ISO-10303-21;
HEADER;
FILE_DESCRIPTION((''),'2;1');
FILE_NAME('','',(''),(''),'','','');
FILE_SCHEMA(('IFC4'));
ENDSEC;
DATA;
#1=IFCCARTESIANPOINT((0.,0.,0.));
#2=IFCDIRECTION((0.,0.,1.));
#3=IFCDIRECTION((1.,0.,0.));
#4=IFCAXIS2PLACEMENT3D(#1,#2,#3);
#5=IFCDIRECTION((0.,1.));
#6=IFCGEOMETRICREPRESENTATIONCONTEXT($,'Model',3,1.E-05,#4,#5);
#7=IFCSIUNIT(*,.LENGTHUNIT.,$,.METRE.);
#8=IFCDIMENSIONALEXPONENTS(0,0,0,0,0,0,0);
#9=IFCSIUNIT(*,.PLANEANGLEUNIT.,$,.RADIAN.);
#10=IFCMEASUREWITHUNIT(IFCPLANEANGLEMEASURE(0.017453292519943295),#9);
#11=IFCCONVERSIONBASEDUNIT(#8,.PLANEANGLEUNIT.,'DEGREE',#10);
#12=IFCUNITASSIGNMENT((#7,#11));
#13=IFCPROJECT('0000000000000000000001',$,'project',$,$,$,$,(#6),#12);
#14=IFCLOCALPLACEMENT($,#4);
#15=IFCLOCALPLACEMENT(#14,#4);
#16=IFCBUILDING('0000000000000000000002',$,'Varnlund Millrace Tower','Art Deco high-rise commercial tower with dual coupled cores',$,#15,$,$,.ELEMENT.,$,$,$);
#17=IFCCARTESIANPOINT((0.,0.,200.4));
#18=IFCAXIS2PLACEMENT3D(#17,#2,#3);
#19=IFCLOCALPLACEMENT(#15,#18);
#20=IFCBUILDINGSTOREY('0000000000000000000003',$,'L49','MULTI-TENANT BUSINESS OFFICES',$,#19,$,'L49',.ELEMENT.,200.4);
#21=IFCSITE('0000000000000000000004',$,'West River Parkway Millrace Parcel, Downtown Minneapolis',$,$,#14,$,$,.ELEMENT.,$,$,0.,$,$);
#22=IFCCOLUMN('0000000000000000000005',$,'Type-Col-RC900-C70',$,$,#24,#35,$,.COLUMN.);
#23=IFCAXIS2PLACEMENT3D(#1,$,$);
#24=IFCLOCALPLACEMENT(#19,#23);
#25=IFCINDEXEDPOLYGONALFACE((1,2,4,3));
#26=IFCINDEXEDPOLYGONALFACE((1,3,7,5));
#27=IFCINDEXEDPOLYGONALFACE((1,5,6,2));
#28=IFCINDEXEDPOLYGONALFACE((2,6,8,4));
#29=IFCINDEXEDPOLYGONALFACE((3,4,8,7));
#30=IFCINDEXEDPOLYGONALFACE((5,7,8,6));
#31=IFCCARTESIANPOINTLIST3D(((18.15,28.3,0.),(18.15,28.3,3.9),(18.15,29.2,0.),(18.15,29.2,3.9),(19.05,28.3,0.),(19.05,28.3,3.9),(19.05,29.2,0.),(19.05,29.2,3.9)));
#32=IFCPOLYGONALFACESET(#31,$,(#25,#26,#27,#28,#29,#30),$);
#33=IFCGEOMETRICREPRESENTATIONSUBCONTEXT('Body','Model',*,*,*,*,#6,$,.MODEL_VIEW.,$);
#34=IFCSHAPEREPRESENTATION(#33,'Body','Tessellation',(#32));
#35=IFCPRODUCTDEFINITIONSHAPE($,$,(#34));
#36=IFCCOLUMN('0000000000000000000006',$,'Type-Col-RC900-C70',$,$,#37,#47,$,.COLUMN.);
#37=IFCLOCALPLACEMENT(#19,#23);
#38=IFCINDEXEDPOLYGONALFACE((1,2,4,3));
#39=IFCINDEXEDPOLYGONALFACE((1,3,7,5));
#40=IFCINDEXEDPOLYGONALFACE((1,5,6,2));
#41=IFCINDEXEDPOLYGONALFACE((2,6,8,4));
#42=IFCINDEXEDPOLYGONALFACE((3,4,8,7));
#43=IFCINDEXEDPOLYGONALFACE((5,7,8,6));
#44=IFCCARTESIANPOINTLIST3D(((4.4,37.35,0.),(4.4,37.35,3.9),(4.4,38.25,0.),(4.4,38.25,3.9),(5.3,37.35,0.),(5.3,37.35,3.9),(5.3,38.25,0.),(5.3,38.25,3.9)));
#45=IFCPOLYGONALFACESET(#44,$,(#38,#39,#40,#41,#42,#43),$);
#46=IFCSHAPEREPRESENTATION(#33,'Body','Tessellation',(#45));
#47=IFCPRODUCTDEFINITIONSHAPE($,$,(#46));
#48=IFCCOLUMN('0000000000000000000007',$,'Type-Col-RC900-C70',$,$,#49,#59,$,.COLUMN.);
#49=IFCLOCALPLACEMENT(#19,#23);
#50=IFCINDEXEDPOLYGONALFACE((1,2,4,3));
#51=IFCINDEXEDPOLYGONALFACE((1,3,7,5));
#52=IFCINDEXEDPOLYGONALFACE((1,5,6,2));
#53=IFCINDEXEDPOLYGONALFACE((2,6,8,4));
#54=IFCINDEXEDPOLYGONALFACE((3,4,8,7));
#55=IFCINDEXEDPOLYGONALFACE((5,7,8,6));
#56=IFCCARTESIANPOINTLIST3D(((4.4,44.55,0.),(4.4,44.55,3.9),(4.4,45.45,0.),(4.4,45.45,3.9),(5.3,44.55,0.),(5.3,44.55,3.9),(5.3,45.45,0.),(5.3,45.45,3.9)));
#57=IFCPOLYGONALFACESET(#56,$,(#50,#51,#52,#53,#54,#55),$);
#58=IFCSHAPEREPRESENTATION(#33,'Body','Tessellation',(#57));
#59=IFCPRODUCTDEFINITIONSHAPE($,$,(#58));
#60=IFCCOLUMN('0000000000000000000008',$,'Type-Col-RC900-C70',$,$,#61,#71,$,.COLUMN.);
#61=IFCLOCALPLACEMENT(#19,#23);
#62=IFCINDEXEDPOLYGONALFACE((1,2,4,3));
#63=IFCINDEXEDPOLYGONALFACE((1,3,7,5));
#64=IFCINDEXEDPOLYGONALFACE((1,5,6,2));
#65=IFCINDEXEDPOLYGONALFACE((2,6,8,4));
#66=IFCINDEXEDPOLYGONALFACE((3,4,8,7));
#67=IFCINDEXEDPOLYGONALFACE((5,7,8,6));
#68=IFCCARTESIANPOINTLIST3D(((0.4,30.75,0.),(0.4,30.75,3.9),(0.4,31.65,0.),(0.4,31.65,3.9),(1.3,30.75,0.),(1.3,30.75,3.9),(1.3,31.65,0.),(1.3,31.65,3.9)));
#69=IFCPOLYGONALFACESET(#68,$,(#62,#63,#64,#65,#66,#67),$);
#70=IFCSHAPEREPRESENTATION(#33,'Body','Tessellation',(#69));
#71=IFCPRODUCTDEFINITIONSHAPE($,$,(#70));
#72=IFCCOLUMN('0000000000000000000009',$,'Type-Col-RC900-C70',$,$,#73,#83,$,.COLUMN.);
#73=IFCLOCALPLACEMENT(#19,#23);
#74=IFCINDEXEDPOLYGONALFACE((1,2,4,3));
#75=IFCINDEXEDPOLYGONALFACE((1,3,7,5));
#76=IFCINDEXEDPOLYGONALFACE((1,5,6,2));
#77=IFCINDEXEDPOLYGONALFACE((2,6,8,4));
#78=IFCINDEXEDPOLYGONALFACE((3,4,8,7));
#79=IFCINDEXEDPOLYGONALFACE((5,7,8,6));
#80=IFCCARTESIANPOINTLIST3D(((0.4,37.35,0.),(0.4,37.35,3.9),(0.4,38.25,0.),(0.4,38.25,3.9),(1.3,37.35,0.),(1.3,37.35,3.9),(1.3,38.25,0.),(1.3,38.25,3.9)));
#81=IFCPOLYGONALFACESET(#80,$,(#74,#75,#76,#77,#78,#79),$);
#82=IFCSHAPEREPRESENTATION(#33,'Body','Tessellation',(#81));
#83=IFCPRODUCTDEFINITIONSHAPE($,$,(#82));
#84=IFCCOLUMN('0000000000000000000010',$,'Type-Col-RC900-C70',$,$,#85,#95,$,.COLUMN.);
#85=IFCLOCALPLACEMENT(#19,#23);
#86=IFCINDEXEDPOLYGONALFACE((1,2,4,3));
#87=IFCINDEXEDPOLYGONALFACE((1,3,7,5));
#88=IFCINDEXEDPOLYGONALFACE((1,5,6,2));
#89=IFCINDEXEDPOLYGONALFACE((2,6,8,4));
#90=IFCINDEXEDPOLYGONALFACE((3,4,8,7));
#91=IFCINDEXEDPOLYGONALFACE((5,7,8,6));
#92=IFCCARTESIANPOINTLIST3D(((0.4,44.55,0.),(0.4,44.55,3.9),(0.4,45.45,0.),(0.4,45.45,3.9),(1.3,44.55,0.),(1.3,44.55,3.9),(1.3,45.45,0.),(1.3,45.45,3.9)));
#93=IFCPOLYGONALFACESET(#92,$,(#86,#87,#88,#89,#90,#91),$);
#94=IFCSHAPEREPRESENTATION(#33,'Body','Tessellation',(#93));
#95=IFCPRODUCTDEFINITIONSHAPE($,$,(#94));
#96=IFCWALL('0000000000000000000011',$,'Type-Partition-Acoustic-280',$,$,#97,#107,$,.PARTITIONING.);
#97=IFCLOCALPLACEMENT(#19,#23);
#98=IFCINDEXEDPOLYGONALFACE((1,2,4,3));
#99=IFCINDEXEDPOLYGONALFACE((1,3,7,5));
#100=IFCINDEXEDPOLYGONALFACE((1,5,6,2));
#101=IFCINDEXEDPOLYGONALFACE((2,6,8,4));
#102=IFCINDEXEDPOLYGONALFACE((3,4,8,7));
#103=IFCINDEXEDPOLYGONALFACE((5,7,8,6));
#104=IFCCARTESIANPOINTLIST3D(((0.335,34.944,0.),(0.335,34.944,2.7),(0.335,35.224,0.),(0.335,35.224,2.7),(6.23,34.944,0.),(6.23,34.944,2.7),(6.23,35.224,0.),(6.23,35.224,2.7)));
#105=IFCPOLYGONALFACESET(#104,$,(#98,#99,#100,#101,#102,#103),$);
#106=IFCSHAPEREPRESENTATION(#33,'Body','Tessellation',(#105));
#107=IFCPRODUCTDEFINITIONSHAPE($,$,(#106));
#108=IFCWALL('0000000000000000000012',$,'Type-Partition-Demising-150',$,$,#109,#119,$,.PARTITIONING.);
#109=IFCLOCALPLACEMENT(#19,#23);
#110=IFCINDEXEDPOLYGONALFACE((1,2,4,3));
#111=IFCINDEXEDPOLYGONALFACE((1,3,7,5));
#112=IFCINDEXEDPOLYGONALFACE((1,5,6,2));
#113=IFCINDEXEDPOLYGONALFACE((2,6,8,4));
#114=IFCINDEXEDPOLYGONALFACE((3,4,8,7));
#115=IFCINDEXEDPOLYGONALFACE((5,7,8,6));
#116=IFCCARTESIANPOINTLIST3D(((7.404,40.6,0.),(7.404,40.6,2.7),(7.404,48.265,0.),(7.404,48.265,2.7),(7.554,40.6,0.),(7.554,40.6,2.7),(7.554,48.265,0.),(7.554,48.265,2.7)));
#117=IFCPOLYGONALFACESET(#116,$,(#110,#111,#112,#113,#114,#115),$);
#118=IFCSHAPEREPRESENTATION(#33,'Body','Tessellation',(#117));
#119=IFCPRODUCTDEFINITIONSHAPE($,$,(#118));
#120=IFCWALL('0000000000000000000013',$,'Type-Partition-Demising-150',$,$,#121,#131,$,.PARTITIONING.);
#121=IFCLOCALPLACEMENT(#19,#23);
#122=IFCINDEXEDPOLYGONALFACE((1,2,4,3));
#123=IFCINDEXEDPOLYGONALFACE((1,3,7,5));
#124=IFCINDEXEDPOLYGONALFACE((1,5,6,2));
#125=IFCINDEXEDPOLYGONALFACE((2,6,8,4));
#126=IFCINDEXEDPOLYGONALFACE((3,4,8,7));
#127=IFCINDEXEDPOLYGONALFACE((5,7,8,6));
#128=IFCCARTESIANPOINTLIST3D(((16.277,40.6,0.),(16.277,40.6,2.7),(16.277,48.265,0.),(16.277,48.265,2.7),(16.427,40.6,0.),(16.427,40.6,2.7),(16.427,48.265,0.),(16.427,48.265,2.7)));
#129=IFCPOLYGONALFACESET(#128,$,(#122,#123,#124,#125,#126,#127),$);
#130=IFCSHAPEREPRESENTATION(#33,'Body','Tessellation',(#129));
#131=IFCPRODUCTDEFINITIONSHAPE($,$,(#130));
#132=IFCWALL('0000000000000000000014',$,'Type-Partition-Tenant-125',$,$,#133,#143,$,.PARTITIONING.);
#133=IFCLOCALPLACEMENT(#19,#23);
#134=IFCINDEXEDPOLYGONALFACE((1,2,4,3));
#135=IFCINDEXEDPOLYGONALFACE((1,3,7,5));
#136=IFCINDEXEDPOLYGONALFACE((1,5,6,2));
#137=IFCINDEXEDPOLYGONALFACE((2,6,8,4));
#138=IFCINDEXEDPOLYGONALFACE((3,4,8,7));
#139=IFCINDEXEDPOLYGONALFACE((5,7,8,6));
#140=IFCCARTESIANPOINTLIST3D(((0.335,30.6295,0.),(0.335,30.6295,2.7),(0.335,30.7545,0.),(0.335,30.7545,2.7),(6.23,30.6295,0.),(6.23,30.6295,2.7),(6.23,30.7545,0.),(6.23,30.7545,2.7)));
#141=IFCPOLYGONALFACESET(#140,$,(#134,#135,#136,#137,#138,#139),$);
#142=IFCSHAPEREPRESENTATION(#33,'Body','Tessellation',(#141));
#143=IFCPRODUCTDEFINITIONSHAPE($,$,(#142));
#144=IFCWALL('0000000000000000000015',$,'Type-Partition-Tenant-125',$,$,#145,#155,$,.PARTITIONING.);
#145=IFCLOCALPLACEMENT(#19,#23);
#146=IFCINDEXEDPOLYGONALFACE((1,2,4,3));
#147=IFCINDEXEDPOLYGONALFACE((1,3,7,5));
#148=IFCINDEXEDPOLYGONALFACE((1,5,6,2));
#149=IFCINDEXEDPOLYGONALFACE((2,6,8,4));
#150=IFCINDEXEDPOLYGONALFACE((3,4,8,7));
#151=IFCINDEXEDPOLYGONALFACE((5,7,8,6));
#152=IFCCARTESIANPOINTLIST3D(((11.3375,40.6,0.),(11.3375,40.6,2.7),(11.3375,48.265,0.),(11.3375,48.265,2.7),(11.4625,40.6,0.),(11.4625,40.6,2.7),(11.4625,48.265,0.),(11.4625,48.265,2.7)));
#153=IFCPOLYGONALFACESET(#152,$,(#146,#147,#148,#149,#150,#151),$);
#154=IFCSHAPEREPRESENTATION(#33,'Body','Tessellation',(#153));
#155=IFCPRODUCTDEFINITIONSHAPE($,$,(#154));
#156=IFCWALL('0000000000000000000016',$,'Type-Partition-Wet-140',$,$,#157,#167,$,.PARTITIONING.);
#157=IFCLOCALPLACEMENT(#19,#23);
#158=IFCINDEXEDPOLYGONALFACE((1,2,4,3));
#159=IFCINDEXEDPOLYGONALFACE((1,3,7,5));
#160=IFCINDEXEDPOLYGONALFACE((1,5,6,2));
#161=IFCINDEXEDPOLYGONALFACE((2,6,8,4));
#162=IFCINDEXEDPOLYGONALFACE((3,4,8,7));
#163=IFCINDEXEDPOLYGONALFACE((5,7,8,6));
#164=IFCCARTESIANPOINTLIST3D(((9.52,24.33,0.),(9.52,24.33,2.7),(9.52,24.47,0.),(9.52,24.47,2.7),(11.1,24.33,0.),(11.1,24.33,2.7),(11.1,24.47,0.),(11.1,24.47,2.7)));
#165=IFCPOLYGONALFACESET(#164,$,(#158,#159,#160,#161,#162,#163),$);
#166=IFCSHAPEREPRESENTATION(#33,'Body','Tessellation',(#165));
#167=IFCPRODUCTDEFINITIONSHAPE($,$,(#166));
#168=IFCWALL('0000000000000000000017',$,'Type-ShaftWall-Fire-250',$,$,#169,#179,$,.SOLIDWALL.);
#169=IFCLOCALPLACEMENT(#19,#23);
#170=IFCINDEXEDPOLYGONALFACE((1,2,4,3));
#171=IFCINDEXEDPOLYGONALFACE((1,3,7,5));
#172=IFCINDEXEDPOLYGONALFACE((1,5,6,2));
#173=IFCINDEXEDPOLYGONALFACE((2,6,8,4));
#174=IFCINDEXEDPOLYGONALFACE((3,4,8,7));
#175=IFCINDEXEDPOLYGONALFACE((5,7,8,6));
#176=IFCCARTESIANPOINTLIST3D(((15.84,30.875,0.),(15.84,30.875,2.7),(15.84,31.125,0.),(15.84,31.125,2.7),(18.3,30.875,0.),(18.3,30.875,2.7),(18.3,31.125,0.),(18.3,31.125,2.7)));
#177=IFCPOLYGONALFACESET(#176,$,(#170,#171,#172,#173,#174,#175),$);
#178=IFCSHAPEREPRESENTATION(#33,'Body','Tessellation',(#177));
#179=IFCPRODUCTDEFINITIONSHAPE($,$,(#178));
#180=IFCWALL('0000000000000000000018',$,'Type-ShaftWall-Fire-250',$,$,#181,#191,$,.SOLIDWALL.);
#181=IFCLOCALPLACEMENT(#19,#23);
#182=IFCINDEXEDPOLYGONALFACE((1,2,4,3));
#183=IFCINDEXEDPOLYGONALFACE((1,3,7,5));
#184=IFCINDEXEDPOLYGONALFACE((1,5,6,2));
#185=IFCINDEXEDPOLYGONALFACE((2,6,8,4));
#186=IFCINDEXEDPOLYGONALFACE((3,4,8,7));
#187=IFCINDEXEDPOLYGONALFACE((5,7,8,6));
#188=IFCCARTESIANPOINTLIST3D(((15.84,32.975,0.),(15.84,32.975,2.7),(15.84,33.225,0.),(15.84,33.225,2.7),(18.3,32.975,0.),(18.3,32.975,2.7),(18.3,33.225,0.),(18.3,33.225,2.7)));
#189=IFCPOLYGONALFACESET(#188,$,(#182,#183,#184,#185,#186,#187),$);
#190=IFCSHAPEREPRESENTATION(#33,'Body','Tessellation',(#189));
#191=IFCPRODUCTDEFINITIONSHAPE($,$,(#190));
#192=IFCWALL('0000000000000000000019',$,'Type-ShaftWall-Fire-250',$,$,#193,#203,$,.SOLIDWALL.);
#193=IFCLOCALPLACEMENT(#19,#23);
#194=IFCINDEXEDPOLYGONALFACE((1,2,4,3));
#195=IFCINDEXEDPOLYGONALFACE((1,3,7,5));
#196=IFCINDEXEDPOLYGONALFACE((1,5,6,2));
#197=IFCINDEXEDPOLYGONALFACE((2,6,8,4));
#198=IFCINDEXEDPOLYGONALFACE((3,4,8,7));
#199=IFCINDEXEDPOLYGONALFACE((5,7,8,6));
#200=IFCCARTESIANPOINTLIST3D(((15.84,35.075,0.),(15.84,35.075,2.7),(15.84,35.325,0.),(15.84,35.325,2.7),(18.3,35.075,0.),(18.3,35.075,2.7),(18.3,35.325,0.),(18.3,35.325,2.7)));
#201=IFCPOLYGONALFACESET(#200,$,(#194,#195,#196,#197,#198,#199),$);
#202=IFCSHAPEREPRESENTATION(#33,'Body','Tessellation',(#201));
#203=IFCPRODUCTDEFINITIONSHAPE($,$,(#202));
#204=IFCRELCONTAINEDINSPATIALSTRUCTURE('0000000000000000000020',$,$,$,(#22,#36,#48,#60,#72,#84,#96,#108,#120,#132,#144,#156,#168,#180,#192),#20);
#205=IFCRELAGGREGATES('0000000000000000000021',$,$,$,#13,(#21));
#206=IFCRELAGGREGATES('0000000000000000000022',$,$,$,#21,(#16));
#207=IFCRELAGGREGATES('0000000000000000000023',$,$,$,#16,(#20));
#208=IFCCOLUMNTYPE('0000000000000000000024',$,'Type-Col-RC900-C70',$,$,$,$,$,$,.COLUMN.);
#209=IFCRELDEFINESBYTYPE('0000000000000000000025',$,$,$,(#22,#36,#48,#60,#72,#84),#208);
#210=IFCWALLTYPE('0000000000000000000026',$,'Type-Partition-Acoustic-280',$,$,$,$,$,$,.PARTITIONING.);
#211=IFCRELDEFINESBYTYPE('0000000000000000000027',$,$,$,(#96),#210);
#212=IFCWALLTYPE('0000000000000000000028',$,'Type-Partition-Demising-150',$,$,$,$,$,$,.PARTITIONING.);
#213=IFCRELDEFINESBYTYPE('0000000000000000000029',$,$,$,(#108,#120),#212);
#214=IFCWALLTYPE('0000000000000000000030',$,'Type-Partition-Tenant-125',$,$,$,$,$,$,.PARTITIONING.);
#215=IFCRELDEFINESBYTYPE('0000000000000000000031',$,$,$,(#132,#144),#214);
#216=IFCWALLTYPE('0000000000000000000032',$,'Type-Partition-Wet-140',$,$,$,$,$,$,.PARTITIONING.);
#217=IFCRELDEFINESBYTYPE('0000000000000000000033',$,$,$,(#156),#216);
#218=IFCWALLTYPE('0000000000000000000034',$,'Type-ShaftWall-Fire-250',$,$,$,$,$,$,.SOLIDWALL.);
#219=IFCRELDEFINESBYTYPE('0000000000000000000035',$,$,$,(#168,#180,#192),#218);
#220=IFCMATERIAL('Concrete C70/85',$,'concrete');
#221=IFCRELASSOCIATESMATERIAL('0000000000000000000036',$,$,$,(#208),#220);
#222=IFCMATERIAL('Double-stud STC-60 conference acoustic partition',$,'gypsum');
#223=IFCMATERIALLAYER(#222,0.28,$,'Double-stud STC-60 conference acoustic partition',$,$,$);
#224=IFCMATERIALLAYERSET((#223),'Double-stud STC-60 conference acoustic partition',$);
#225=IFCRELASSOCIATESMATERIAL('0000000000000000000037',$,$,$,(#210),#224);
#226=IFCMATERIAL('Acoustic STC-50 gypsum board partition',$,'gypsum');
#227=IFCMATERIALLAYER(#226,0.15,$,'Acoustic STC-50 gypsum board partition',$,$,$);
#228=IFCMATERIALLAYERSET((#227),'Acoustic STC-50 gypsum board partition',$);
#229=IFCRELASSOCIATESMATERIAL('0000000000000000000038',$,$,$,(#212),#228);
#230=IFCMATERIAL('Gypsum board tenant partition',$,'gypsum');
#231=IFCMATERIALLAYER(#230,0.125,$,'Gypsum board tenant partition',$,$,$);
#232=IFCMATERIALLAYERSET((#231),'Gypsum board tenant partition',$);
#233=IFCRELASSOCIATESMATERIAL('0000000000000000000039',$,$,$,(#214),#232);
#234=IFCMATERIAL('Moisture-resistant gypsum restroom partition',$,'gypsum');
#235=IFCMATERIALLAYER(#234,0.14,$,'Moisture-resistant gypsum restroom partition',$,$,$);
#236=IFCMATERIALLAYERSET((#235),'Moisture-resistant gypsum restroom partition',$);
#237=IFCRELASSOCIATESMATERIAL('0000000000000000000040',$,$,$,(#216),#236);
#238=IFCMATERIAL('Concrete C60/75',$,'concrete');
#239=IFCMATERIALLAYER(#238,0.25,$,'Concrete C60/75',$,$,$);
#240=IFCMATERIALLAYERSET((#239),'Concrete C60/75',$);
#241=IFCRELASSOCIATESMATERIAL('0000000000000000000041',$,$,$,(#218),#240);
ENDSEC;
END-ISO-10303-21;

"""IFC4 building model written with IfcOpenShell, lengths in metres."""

from ifc_helpers import new_model, entity, si_unit, converted_unit, direction, frame, origin_with_axes, origin_2d_with_axis, place, context, subcontext, project, spatial, polyline, rectangle, outline, extrude, material, layer, layer_set, material_profile, profile_set, type_object, element, save


model = new_model("IFC4")

# Units and contexts
model_context = context("Model", 3, precision=1e-05, world=origin_with_axes(), true_north=direction((0.0, 1.0)))
body_context = subcontext(model_context, "Body", "Model", "MODEL_VIEW")
ifc_project = project(units=[si_unit("LENGTHUNIT", "METRE"), converted_unit("PLANEANGLEUNIT", "DEGREE", entity("IfcPlaneAngleMeasure", 0.017453292519943295), si_unit("PLANEANGLEUNIT", "RADIAN"), dimensions=[0, 0, 0, 0, 0, 0, 0])], contexts=[model_context])

# Site, building, storey
site_placement = place(None, origin_with_axes())
site = spatial("IfcSite", under=ifc_project, at=site_placement, Name="West River Parkway Millrace Parcel, Downtown Minneapolis", CompositionType="ELEMENT", RefElevation=0.0)
building_placement = place(site_placement, origin_with_axes())
building = spatial("IfcBuilding", under=site, at=building_placement, Name="Varnlund Millrace Tower", Description="Art Deco high-rise commercial tower with dual coupled cores", CompositionType="ELEMENT")
storey_placement = place(building_placement, frame((0.0, 0.0, 200.4), z_axis=(0.0, 0.0, 1.0), x_axis=(1.0, 0.0, 0.0)))
storey = spatial("IfcBuildingStorey", under=building, at=storey_placement, Name="L49", Description="MULTI-TENANT BUSINESS OFFICES", LongName="L49", CompositionType="ELEMENT", Elevation=200.4)

# Columns
ifc_material_1 = material(Name="Concrete C70/85", Category="concrete")
ifc_material_profile = material_profile(ifc_material_1, rectangle(XDim=0.9, YDim=0.9, at=origin_2d_with_axis()), Name="Concrete C70/85")
ifc_profile_set = profile_set([ifc_material_profile], Name="Concrete C70/85")
column_type = type_object("IfcColumnType", Name="Type-Col-RC900-C70", PredefinedType="COLUMN", material=ifc_profile_set)
for number, where, z_axis, x_axis, name in (
    (1, (18.6, 28.75, 0.0), (0.0, 0.0, 1.0), (1.0, 0.0, 0.0), "Type-Col-RC900-C70"),
    (2, (4.85, 37.8, 0.0), (0.0, 0.0, 1.0), (1.0, 0.0, 0.0), "Type-Col-RC900-C70"),
    (3, (4.85, 45.0, 0.0), (0.0, 0.0, 1.0), (1.0, 0.0, 0.0), "Type-Col-RC900-C70"),
    (4, (0.85, 31.2, 0.0), (0.0, 0.0, 1.0), (1.0, 0.0, 0.0), "Type-Col-RC900-C70"),
    (5, (0.85, 37.8, 0.0), (0.0, 0.0, 1.0), (1.0, 0.0, 0.0), "Type-Col-RC900-C70"),
    (6, (0.85, 45.0, 0.0), (0.0, 0.0, 1.0), (1.0, 0.0, 0.0), "Type-Col-RC900-C70"),
):
    element("IfcColumn", number, at=place(storey_placement, frame(where, z_axis=z_axis, x_axis=x_axis)), inside=storey, type_object=column_type, Name=name, PredefinedType="COLUMN", context=body_context, shape_type="SweptSolid", body=[
        extrude(rectangle(XDim=0.9, YDim=0.9, at=origin_2d_with_axis()), origin_with_axes(), (0.0, 0.0, 1.0), 3.9),
    ])

# Wall
ifc_material_2 = material(Name="Double-stud STC-60 conference acoustic partition", Category="gypsum")
ifc_layer_1 = layer(ifc_material_2, 0.28, Name="Double-stud STC-60 conference acoustic partition")
ifc_layer_set_1 = layer_set([ifc_layer_1], Name="Double-stud STC-60 conference acoustic partition")
wall_type_1 = type_object("IfcWallType", Name="Type-Partition-Acoustic-280", PredefinedType="PARTITIONING", material=ifc_layer_set_1)
wall_1_placement = place(storey_placement, frame((0.335, 35.084, 0.0), z_axis=(0.0, 0.0, 1.0), x_axis=(1.0, 0.0, 0.0)))
element("IfcWall", 7, at=wall_1_placement, inside=storey, type_object=wall_type_1, Name="Type-Partition-Acoustic-280", PredefinedType="PARTITIONING", context=body_context, shape_type="SweptSolid", body=[
    extrude(outline(polyline([(0.0, -0.14), (5.895, -0.14), (5.895, 0.14), (0.0, 0.14), (0.0, -0.14)])), origin_with_axes(), (0.0, 0.0, 1.0), 2.7),
])

# Walls
ifc_material_3 = material(Name="Acoustic STC-50 gypsum board partition", Category="gypsum")
ifc_layer_2 = layer(ifc_material_3, 0.15, Name="Acoustic STC-50 gypsum board partition")
ifc_layer_set_2 = layer_set([ifc_layer_2], Name="Acoustic STC-50 gypsum board partition")
wall_type_2 = type_object("IfcWallType", Name="Type-Partition-Demising-150", PredefinedType="PARTITIONING", material=ifc_layer_set_2)
for number, where, z_axis, x_axis, name in (
    (8, (7.479, 40.6, 0.0), (0.0, 0.0, 1.0), (0.0, 1.0, 0.0), "Type-Partition-Demising-150"),
    (9, (16.352, 40.6, 0.0), (0.0, 0.0, 1.0), (0.0, 1.0, 0.0), "Type-Partition-Demising-150"),
):
    element("IfcWall", number, at=place(storey_placement, frame(where, z_axis=z_axis, x_axis=x_axis)), inside=storey, type_object=wall_type_2, Name=name, PredefinedType="PARTITIONING", context=body_context, shape_type="SweptSolid", body=[
        extrude(outline(polyline([(0.0, -0.075), (7.665, -0.075), (7.665, 0.075), (0.0, 0.075), (0.0, -0.075)])), origin_with_axes(), (0.0, 0.0, 1.0), 2.7),
    ])
ifc_material_4 = material(Name="Gypsum board tenant partition", Category="gypsum")
ifc_layer_3 = layer(ifc_material_4, 0.125, Name="Gypsum board tenant partition")
ifc_layer_set_3 = layer_set([ifc_layer_3], Name="Gypsum board tenant partition")
wall_type_3 = type_object("IfcWallType", Name="Type-Partition-Tenant-125", PredefinedType="PARTITIONING", material=ifc_layer_set_3)
wall_2_placement = place(storey_placement, frame((0.335, 30.692, 0.0), z_axis=(0.0, 0.0, 1.0), x_axis=(1.0, 0.0, 0.0)))
element("IfcWall", 10, at=wall_2_placement, inside=storey, type_object=wall_type_3, Name="Type-Partition-Tenant-125", PredefinedType="PARTITIONING", context=body_context, shape_type="SweptSolid", body=[
    extrude(outline(polyline([(0.0, -0.0625), (5.895, -0.0625), (5.895, 0.0625), (0.0, 0.0625), (0.0, -0.0625)])), origin_with_axes(), (0.0, 0.0, 1.0), 2.7),
])
wall_3_placement = place(storey_placement, frame((11.4, 40.6, 0.0), z_axis=(0.0, 0.0, 1.0), x_axis=(0.0, 1.0, 0.0)))
element("IfcWall", 11, at=wall_3_placement, inside=storey, type_object=wall_type_3, Name="Type-Partition-Tenant-125", PredefinedType="PARTITIONING", context=body_context, shape_type="SweptSolid", body=[
    extrude(outline(polyline([(0.0, -0.0625), (7.665, -0.0625), (7.665, 0.0625), (0.0, 0.0625), (0.0, -0.0625)])), origin_with_axes(), (0.0, 0.0, 1.0), 2.7),
])
ifc_material_5 = material(Name="Moisture-resistant gypsum restroom partition", Category="gypsum")
ifc_layer_4 = layer(ifc_material_5, 0.14, Name="Moisture-resistant gypsum restroom partition")
ifc_layer_set_4 = layer_set([ifc_layer_4], Name="Moisture-resistant gypsum restroom partition")
wall_type_4 = type_object("IfcWallType", Name="Type-Partition-Wet-140", PredefinedType="PARTITIONING", material=ifc_layer_set_4)
wall_4_placement = place(storey_placement, frame((9.52, 24.4, 0.0), z_axis=(0.0, 0.0, 1.0), x_axis=(1.0, 0.0, 0.0)))
element("IfcWall", 12, at=wall_4_placement, inside=storey, type_object=wall_type_4, Name="Type-Partition-Wet-140", PredefinedType="PARTITIONING", context=body_context, shape_type="SweptSolid", body=[
    extrude(outline(polyline([(0.0, -0.07), (1.58, -0.07), (1.58, 0.07), (0.0, 0.07), (0.0, -0.07)])), origin_with_axes(), (0.0, 0.0, 1.0), 2.7),
])
ifc_material_6 = material(Name="Concrete C60/75", Category="concrete")
ifc_layer_5 = layer(ifc_material_6, 0.25, Name="Concrete C60/75")
ifc_layer_set_5 = layer_set([ifc_layer_5], Name="Concrete C60/75")
wall_type_5 = type_object("IfcWallType", Name="Type-ShaftWall-Fire-250", PredefinedType="SOLIDWALL", material=ifc_layer_set_5)
for number, where, z_axis, x_axis, name in (
    (13, (15.84, 31.0, 0.0), (0.0, 0.0, 1.0), (1.0, 0.0, 0.0), "Type-ShaftWall-Fire-250"),
    (14, (15.84, 33.1, 0.0), (0.0, 0.0, 1.0), (1.0, 0.0, 0.0), "Type-ShaftWall-Fire-250"),
    (15, (15.84, 35.2, 0.0), (0.0, 0.0, 1.0), (1.0, 0.0, 0.0), "Type-ShaftWall-Fire-250"),
):
    element("IfcWall", number, at=place(storey_placement, frame(where, z_axis=z_axis, x_axis=x_axis)), inside=storey, type_object=wall_type_5, Name=name, PredefinedType="SOLIDWALL", context=body_context, shape_type="SweptSolid", body=[
        extrude(outline(polyline([(0.0, -0.125), (2.46, -0.125), (2.46, 0.125), (0.0, 0.125), (0.0, -0.125)])), origin_with_axes(), (0.0, 0.0, 1.0), 2.7),
    ])

save(model, "model.ifc")
